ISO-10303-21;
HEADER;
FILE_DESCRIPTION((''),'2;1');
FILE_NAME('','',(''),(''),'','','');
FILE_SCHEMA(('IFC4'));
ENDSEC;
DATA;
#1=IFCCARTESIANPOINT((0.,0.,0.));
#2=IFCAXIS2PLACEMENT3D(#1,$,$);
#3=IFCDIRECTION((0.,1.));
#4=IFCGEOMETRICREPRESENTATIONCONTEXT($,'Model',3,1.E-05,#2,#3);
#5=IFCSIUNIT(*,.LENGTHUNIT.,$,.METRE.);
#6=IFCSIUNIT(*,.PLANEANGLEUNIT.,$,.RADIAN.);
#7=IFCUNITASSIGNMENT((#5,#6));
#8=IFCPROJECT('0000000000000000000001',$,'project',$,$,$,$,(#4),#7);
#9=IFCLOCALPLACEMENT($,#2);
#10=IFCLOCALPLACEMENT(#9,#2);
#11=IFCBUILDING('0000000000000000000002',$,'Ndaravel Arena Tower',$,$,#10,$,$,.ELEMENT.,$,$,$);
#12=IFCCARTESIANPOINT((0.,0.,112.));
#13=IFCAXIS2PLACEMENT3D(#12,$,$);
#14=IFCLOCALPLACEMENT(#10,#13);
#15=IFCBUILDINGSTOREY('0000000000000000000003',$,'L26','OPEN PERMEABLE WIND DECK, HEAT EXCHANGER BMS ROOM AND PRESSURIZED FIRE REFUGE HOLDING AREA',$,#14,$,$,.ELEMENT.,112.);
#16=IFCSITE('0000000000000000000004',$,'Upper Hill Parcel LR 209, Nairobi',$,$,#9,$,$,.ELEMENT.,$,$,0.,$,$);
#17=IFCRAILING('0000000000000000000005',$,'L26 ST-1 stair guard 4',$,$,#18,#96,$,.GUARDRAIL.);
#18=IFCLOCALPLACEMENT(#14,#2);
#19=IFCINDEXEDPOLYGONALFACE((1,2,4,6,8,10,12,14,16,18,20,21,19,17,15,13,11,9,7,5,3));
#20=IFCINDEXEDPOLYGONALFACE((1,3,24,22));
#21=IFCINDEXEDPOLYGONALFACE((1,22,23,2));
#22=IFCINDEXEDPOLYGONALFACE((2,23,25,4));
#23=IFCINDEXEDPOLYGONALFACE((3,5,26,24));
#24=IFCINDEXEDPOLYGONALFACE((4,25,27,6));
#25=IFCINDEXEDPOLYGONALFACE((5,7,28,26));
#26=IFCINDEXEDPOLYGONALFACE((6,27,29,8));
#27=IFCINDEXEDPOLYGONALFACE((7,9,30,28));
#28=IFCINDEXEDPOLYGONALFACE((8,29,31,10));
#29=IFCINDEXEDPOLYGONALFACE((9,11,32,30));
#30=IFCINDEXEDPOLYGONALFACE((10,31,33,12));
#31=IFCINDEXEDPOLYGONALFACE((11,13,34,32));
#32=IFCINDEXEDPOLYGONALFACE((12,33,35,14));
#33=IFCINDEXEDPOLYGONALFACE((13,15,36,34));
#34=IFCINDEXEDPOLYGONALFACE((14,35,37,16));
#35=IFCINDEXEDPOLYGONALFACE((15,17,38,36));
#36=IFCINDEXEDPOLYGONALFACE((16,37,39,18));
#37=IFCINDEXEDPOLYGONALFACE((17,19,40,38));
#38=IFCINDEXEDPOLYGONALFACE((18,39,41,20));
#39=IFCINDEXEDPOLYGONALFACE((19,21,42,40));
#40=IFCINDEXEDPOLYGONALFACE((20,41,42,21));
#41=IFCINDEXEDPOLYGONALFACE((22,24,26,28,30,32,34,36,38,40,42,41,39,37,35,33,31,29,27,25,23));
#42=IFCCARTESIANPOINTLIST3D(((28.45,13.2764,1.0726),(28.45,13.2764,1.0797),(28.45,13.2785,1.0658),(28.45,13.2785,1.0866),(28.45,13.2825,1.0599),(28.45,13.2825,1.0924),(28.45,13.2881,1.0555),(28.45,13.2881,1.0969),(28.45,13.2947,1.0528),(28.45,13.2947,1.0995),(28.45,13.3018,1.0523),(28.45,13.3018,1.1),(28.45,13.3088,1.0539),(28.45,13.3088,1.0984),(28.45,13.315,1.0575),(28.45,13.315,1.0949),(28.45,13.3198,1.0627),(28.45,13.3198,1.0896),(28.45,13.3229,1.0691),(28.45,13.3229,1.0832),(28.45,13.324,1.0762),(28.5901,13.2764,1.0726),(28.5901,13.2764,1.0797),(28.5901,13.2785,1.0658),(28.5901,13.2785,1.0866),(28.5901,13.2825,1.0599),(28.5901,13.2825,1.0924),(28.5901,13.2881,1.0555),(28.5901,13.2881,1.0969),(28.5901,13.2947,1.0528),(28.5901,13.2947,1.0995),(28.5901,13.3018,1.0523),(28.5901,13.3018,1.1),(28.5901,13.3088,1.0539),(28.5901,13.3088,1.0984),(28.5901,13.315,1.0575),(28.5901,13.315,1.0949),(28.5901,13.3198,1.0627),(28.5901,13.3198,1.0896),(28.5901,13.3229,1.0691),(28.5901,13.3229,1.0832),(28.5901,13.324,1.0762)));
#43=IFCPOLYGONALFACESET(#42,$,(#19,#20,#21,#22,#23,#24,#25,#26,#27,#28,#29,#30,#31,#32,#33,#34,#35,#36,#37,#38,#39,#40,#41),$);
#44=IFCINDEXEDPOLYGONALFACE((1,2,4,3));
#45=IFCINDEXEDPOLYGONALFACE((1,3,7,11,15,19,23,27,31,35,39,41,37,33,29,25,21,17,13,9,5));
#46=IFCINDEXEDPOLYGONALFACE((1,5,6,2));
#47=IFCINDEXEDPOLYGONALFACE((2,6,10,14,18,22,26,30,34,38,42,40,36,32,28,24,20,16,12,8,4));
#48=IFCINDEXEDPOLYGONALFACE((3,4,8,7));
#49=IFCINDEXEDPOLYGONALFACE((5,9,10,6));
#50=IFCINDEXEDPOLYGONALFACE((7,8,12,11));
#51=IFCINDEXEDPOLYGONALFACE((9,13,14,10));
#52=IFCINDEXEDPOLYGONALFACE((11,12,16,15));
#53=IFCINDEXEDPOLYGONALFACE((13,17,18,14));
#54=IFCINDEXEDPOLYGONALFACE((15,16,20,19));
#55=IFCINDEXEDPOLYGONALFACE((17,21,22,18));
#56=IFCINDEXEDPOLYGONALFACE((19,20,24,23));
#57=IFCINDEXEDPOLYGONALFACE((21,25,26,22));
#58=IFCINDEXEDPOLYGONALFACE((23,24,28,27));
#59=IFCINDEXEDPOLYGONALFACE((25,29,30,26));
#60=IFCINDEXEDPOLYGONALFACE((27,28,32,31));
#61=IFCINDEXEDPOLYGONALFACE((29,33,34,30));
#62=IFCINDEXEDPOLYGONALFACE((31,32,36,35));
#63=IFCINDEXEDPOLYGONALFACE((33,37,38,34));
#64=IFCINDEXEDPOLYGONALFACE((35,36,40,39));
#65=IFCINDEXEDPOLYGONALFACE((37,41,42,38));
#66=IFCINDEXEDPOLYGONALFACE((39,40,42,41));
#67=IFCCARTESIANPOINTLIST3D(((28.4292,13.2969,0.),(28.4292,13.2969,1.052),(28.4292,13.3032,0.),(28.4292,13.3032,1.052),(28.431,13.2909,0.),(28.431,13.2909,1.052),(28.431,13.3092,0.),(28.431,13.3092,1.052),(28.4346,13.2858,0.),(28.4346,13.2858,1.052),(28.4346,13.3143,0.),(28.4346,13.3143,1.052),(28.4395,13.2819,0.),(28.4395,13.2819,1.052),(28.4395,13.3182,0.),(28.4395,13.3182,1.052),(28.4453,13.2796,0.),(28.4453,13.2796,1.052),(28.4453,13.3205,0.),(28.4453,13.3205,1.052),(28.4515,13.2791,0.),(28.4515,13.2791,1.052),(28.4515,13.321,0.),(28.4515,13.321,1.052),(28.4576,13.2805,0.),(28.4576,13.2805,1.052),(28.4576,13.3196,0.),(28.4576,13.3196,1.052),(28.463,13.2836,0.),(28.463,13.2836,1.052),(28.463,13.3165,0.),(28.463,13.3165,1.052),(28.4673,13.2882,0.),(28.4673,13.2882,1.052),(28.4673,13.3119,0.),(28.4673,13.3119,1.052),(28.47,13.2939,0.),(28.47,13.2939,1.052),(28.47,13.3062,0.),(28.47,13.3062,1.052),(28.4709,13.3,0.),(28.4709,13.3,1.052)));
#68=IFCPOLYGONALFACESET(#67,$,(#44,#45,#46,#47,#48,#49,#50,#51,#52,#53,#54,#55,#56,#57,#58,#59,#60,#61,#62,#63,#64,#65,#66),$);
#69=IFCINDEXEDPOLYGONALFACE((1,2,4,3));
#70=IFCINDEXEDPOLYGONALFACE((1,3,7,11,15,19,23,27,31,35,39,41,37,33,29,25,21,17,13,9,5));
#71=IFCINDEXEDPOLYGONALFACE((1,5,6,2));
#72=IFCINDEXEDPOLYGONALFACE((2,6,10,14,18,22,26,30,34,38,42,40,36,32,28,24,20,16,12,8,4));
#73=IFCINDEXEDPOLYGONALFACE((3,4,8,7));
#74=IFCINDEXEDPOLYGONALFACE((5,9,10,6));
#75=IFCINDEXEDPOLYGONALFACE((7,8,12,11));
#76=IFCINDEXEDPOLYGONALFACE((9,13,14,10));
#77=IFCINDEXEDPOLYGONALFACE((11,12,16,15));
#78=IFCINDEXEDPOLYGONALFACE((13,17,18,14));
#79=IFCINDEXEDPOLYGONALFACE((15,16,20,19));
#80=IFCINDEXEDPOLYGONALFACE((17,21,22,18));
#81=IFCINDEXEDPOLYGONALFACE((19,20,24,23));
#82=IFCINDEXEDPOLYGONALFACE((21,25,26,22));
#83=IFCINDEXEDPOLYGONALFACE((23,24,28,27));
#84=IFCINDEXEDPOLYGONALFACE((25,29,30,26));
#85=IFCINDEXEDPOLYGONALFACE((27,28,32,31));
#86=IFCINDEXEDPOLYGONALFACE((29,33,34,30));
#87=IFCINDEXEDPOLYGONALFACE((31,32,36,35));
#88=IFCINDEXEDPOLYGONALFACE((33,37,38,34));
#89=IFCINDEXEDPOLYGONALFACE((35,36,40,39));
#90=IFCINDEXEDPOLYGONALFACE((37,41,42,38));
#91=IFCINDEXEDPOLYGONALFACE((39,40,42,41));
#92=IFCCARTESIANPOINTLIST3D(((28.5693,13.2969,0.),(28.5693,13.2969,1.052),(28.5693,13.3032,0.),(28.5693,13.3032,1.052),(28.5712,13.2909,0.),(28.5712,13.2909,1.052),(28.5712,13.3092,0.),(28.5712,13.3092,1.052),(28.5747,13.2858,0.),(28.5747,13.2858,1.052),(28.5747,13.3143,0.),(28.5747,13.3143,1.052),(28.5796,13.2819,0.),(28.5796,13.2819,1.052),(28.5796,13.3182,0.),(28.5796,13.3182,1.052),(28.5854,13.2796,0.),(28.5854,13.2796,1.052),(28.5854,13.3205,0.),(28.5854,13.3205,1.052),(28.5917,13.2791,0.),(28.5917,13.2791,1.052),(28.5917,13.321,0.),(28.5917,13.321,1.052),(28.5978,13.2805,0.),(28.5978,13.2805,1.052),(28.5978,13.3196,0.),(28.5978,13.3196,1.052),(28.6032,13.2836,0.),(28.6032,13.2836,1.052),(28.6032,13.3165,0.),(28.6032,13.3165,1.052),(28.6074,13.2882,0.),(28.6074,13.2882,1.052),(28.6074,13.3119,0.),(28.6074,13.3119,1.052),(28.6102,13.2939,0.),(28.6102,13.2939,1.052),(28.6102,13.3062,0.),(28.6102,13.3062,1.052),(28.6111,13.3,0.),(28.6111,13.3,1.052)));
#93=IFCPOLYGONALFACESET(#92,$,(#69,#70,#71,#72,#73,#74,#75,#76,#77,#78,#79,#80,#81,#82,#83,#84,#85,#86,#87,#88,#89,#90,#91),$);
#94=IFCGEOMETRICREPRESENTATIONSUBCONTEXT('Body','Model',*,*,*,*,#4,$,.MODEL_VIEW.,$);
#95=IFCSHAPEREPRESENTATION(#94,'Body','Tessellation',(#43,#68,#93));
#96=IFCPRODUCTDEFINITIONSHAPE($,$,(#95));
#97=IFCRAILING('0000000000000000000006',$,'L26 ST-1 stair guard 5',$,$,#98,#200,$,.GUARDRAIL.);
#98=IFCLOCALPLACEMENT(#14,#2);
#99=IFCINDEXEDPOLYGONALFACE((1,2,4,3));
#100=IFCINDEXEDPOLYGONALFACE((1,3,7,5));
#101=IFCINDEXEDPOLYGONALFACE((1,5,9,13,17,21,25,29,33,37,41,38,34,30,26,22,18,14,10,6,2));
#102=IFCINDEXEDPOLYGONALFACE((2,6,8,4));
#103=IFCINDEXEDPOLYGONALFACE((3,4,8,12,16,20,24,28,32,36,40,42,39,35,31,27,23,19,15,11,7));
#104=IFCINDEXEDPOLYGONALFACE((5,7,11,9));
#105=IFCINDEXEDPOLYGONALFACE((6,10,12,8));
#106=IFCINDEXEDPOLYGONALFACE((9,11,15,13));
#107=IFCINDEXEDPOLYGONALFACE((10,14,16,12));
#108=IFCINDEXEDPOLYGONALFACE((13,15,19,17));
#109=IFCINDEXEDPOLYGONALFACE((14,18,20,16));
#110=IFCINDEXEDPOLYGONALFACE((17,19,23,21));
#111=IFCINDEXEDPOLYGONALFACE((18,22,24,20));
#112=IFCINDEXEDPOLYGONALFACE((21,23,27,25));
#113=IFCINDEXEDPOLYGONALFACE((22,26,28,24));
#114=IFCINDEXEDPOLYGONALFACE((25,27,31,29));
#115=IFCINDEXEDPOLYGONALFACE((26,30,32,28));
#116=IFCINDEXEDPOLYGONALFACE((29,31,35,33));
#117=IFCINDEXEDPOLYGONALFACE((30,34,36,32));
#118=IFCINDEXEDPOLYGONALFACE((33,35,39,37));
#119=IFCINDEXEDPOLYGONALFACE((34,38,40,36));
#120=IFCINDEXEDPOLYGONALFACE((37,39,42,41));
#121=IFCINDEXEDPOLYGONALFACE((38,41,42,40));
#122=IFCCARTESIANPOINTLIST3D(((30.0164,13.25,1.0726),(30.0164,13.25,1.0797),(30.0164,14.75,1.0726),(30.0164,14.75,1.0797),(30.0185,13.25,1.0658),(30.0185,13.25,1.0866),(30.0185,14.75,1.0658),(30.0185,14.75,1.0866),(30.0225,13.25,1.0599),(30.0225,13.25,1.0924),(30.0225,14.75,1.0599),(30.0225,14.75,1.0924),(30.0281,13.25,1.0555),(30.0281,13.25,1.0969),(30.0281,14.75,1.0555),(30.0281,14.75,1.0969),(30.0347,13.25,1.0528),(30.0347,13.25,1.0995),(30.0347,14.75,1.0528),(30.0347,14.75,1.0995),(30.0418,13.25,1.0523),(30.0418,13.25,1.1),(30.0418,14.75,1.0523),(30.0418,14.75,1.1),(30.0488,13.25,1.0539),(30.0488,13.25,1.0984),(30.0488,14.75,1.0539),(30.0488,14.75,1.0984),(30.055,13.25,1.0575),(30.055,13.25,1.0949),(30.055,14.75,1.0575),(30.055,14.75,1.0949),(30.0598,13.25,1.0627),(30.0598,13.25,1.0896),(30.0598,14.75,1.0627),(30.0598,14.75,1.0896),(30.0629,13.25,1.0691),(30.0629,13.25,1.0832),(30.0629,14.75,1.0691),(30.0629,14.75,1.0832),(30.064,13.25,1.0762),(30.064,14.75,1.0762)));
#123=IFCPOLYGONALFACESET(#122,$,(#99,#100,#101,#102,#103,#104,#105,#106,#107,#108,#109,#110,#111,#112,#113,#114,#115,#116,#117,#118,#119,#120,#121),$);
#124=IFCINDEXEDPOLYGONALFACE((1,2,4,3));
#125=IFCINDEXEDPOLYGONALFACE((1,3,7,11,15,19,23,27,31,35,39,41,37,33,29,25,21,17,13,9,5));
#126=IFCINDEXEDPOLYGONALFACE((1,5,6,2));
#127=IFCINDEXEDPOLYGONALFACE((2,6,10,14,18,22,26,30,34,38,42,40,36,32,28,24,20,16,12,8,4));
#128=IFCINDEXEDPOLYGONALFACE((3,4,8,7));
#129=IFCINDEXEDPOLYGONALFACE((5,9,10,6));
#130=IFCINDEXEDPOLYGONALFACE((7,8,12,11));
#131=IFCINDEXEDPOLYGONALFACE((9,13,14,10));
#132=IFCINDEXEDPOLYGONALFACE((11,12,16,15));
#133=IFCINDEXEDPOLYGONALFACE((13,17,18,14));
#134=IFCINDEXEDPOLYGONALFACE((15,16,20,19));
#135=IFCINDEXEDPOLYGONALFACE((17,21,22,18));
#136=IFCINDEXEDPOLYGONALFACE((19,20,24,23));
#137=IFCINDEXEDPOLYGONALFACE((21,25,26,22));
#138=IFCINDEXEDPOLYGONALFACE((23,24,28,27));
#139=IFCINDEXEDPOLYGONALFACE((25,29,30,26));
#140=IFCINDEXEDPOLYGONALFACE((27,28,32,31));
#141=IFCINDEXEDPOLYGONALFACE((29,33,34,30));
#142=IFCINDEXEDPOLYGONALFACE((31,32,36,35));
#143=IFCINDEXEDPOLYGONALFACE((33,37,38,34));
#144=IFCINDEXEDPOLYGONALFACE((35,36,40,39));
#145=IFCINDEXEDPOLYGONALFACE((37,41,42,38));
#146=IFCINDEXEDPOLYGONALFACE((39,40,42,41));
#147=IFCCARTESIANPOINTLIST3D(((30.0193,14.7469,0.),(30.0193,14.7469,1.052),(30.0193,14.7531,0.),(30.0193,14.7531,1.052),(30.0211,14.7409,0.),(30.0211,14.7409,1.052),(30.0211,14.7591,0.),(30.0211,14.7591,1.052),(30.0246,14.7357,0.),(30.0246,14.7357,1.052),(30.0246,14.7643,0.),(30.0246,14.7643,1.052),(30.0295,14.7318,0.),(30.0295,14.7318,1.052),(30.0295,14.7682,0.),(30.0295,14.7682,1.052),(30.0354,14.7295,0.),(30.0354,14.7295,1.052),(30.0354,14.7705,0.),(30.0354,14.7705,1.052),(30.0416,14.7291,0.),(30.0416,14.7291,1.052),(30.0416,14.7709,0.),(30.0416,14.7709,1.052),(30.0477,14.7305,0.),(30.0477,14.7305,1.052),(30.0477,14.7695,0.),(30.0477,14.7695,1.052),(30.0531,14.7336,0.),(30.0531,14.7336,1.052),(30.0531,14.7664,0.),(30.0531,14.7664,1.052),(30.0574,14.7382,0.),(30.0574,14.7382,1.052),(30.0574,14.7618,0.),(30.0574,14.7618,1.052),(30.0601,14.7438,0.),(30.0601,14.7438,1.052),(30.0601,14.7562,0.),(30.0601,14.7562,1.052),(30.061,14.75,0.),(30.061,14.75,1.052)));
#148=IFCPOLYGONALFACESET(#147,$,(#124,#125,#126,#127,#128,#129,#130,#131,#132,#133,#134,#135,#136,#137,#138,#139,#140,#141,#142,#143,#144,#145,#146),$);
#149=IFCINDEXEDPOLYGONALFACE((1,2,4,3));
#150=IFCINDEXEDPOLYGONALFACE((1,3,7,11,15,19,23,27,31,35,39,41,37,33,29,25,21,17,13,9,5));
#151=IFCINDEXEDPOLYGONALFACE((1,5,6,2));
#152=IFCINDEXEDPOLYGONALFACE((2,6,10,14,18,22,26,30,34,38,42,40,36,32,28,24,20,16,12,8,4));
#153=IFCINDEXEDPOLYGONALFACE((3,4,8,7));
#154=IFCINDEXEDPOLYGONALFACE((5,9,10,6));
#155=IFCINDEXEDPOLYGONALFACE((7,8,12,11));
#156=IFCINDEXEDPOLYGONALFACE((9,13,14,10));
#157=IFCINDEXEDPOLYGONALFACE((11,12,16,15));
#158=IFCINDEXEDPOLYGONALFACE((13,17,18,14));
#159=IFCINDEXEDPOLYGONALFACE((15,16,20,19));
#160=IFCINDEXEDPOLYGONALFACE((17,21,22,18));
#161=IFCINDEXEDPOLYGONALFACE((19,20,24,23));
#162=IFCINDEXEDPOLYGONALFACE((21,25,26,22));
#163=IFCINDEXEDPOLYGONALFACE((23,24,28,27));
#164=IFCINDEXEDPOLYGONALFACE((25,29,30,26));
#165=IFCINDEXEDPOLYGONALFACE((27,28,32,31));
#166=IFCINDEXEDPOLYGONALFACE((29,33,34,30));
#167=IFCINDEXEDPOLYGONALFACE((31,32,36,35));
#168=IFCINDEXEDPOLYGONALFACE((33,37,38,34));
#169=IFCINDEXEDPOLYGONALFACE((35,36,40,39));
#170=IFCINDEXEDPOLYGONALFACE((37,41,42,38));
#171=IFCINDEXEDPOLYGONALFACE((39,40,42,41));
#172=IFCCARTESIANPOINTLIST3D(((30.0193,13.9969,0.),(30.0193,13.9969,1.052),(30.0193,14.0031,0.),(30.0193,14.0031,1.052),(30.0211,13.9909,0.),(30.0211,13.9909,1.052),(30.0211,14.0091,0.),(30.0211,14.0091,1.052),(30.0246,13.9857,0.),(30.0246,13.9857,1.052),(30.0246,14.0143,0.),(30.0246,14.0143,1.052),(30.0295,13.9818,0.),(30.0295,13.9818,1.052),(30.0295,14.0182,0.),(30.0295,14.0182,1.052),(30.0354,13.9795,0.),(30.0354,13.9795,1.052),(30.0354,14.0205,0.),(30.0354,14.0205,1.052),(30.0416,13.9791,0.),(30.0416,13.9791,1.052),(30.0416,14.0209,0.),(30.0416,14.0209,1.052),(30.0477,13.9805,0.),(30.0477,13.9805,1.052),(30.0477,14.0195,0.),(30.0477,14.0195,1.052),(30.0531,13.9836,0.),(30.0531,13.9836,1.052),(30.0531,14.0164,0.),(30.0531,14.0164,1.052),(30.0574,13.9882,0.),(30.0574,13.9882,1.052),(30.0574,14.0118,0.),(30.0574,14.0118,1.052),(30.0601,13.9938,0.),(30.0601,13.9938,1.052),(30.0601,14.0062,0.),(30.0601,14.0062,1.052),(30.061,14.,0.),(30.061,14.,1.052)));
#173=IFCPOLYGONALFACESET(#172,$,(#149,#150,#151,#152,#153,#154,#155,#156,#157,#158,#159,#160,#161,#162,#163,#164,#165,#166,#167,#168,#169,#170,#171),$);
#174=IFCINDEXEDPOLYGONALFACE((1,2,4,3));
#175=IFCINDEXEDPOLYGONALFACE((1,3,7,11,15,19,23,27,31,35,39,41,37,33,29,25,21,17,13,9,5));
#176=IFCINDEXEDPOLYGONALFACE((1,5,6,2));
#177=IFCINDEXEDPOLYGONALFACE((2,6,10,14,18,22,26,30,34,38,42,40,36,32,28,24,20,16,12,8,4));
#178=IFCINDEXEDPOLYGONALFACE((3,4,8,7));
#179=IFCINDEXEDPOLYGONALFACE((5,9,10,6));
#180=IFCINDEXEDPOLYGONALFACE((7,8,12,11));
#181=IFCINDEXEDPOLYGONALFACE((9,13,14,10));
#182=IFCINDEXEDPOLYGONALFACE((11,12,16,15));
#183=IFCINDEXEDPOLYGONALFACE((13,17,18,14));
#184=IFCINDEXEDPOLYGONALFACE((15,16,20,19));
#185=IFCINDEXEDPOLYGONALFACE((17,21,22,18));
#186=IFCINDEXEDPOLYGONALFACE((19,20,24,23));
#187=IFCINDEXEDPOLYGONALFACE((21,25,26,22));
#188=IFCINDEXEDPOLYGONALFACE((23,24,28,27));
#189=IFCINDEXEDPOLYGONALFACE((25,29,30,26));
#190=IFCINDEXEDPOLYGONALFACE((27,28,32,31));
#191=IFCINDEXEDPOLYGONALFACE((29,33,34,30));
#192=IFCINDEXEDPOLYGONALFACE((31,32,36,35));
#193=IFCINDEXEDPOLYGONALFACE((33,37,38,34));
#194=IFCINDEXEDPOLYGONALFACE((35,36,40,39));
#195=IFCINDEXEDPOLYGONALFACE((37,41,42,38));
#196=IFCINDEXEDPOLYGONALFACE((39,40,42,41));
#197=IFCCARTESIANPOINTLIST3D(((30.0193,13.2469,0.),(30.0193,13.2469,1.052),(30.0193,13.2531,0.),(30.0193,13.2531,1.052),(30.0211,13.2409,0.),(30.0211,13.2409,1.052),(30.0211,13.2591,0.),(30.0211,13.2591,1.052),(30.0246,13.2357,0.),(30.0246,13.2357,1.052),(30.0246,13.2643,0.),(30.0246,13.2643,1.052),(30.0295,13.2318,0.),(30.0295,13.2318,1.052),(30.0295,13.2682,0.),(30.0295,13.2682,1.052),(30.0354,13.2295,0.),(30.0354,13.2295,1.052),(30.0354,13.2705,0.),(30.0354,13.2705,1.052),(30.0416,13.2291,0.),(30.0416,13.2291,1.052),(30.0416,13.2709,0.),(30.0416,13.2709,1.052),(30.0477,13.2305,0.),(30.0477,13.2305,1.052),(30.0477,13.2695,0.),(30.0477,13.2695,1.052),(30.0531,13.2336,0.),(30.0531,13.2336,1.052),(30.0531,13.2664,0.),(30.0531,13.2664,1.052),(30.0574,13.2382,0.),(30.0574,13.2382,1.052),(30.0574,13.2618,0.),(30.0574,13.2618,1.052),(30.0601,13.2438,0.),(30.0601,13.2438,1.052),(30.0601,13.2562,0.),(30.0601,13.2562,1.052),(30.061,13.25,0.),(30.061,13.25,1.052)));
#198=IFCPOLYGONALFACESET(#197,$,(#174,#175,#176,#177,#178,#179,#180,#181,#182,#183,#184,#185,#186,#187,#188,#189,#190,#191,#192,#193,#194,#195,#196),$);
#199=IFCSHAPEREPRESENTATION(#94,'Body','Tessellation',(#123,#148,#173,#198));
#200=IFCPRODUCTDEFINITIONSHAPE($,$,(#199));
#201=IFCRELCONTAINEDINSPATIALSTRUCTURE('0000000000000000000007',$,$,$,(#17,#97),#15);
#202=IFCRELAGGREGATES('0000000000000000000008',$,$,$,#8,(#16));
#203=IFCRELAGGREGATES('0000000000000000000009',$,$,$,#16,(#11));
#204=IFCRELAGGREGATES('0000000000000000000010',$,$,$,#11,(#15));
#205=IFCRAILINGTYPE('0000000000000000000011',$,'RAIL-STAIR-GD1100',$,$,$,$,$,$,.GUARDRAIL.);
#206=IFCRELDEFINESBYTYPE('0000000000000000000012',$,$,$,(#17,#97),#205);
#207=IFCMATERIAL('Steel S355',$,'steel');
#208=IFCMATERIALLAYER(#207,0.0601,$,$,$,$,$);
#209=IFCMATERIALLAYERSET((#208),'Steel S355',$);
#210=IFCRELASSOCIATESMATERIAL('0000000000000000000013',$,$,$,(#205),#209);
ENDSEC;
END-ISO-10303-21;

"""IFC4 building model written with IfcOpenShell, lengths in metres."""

from ifc_helpers import new_model, si_unit, direction, frame, origin, origin_2d, place, context, subcontext, project, spatial, circle, extrude, material, layer, layer_set, type_object, element, save


model = new_model("IFC4")

# Units and contexts
model_context = context("Model", 3, precision=1e-05, world=origin(), true_north=direction((0.0, 1.0)))
body_context = subcontext(model_context, "Body", "Model", "MODEL_VIEW")
ifc_project = project(units=[si_unit("LENGTHUNIT", "METRE"), si_unit("PLANEANGLEUNIT", "RADIAN")], contexts=[model_context])

# Site, building, storey
site_placement = place(None, origin())
site = spatial("IfcSite", under=ifc_project, at=site_placement, Name="Upper Hill Parcel LR 209, Nairobi", CompositionType="ELEMENT", RefElevation=0.0)
building_placement = place(site_placement, origin())
building = spatial("IfcBuilding", under=site, at=building_placement, Name="Ndaravel Arena Tower", CompositionType="ELEMENT")
storey_placement = place(building_placement, frame((0.0, 0.0, 112.0)))
storey = spatial("IfcBuildingStorey", under=building, at=storey_placement, Name="L26", Description="OPEN PERMEABLE WIND DECK, HEAT EXCHANGER BMS ROOM AND PRESSURIZED FIRE REFUGE HOLDING AREA", CompositionType="ELEMENT", Elevation=112.0)

# Railings
ifc_material_1 = material(Name="Steel S355", Category="steel")
ifc_layer_1 = layer(ifc_material_1, 0.0601)
ifc_layer_set_1 = layer_set([ifc_layer_1], Name="Steel S355")
railing_type_1 = type_object("IfcRailingType", Name="RAIL-STAIR-GD1100", PredefinedType="GUARDRAIL", material=ifc_layer_set_1)
railing_1_placement = place(storey_placement, frame((28.45, 13.3, 0.0)))
element("IfcRailing", 1, at=railing_1_placement, inside=storey, type_object=railing_type_1, Name="L26 ST-1 stair guard 4", PredefinedType="GUARDRAIL", context=body_context, shape_type="SweptSolid", body=[
    extrude(circle(Radius=0.0239, at=origin_2d()), frame((0.0, 0.0, 1.0762), z_axis=(1.0, 0.0, 0.0), x_axis=(0.0, 1.0, 0.0)), (0.0, 0.0, 1.0), 0.1401),
    extrude(circle(Radius=0.021, at=origin_2d()), origin(), (0.0, 0.0, 1.0), 1.052),
    extrude(circle(Radius=0.021, at=origin_2d()), frame((0.1401, 0.0, 0.0)), (0.0, 0.0, 1.0), 1.052),
])
railing_2_placement = place(storey_placement, frame((30.04, 14.75, 0.0)))
element("IfcRailing", 2, at=railing_2_placement, inside=storey, type_object=railing_type_1, Name="L26 ST-1 stair guard 5", PredefinedType="GUARDRAIL", context=body_context, shape_type="SweptSolid", body=[
    extrude(circle(Radius=0.0239, at=origin_2d()), frame((0.0, 0.0, 1.0762), z_axis=(0.0, -1.0, 0.0), x_axis=(1.0, 0.0, 0.0)), (0.0, 0.0, 1.0), 1.5),
    extrude(circle(Radius=0.021, at=origin_2d()), origin(), (0.0, 0.0, 1.0), 1.052),
    extrude(circle(Radius=0.021, at=origin_2d()), frame((0.0, -0.75, 0.0)), (0.0, 0.0, 1.0), 1.052),
    extrude(circle(Radius=0.021, at=origin_2d()), frame((0.0, -1.5, 0.0)), (0.0, 0.0, 1.0), 1.052),
])

save(model, "model.ifc")
